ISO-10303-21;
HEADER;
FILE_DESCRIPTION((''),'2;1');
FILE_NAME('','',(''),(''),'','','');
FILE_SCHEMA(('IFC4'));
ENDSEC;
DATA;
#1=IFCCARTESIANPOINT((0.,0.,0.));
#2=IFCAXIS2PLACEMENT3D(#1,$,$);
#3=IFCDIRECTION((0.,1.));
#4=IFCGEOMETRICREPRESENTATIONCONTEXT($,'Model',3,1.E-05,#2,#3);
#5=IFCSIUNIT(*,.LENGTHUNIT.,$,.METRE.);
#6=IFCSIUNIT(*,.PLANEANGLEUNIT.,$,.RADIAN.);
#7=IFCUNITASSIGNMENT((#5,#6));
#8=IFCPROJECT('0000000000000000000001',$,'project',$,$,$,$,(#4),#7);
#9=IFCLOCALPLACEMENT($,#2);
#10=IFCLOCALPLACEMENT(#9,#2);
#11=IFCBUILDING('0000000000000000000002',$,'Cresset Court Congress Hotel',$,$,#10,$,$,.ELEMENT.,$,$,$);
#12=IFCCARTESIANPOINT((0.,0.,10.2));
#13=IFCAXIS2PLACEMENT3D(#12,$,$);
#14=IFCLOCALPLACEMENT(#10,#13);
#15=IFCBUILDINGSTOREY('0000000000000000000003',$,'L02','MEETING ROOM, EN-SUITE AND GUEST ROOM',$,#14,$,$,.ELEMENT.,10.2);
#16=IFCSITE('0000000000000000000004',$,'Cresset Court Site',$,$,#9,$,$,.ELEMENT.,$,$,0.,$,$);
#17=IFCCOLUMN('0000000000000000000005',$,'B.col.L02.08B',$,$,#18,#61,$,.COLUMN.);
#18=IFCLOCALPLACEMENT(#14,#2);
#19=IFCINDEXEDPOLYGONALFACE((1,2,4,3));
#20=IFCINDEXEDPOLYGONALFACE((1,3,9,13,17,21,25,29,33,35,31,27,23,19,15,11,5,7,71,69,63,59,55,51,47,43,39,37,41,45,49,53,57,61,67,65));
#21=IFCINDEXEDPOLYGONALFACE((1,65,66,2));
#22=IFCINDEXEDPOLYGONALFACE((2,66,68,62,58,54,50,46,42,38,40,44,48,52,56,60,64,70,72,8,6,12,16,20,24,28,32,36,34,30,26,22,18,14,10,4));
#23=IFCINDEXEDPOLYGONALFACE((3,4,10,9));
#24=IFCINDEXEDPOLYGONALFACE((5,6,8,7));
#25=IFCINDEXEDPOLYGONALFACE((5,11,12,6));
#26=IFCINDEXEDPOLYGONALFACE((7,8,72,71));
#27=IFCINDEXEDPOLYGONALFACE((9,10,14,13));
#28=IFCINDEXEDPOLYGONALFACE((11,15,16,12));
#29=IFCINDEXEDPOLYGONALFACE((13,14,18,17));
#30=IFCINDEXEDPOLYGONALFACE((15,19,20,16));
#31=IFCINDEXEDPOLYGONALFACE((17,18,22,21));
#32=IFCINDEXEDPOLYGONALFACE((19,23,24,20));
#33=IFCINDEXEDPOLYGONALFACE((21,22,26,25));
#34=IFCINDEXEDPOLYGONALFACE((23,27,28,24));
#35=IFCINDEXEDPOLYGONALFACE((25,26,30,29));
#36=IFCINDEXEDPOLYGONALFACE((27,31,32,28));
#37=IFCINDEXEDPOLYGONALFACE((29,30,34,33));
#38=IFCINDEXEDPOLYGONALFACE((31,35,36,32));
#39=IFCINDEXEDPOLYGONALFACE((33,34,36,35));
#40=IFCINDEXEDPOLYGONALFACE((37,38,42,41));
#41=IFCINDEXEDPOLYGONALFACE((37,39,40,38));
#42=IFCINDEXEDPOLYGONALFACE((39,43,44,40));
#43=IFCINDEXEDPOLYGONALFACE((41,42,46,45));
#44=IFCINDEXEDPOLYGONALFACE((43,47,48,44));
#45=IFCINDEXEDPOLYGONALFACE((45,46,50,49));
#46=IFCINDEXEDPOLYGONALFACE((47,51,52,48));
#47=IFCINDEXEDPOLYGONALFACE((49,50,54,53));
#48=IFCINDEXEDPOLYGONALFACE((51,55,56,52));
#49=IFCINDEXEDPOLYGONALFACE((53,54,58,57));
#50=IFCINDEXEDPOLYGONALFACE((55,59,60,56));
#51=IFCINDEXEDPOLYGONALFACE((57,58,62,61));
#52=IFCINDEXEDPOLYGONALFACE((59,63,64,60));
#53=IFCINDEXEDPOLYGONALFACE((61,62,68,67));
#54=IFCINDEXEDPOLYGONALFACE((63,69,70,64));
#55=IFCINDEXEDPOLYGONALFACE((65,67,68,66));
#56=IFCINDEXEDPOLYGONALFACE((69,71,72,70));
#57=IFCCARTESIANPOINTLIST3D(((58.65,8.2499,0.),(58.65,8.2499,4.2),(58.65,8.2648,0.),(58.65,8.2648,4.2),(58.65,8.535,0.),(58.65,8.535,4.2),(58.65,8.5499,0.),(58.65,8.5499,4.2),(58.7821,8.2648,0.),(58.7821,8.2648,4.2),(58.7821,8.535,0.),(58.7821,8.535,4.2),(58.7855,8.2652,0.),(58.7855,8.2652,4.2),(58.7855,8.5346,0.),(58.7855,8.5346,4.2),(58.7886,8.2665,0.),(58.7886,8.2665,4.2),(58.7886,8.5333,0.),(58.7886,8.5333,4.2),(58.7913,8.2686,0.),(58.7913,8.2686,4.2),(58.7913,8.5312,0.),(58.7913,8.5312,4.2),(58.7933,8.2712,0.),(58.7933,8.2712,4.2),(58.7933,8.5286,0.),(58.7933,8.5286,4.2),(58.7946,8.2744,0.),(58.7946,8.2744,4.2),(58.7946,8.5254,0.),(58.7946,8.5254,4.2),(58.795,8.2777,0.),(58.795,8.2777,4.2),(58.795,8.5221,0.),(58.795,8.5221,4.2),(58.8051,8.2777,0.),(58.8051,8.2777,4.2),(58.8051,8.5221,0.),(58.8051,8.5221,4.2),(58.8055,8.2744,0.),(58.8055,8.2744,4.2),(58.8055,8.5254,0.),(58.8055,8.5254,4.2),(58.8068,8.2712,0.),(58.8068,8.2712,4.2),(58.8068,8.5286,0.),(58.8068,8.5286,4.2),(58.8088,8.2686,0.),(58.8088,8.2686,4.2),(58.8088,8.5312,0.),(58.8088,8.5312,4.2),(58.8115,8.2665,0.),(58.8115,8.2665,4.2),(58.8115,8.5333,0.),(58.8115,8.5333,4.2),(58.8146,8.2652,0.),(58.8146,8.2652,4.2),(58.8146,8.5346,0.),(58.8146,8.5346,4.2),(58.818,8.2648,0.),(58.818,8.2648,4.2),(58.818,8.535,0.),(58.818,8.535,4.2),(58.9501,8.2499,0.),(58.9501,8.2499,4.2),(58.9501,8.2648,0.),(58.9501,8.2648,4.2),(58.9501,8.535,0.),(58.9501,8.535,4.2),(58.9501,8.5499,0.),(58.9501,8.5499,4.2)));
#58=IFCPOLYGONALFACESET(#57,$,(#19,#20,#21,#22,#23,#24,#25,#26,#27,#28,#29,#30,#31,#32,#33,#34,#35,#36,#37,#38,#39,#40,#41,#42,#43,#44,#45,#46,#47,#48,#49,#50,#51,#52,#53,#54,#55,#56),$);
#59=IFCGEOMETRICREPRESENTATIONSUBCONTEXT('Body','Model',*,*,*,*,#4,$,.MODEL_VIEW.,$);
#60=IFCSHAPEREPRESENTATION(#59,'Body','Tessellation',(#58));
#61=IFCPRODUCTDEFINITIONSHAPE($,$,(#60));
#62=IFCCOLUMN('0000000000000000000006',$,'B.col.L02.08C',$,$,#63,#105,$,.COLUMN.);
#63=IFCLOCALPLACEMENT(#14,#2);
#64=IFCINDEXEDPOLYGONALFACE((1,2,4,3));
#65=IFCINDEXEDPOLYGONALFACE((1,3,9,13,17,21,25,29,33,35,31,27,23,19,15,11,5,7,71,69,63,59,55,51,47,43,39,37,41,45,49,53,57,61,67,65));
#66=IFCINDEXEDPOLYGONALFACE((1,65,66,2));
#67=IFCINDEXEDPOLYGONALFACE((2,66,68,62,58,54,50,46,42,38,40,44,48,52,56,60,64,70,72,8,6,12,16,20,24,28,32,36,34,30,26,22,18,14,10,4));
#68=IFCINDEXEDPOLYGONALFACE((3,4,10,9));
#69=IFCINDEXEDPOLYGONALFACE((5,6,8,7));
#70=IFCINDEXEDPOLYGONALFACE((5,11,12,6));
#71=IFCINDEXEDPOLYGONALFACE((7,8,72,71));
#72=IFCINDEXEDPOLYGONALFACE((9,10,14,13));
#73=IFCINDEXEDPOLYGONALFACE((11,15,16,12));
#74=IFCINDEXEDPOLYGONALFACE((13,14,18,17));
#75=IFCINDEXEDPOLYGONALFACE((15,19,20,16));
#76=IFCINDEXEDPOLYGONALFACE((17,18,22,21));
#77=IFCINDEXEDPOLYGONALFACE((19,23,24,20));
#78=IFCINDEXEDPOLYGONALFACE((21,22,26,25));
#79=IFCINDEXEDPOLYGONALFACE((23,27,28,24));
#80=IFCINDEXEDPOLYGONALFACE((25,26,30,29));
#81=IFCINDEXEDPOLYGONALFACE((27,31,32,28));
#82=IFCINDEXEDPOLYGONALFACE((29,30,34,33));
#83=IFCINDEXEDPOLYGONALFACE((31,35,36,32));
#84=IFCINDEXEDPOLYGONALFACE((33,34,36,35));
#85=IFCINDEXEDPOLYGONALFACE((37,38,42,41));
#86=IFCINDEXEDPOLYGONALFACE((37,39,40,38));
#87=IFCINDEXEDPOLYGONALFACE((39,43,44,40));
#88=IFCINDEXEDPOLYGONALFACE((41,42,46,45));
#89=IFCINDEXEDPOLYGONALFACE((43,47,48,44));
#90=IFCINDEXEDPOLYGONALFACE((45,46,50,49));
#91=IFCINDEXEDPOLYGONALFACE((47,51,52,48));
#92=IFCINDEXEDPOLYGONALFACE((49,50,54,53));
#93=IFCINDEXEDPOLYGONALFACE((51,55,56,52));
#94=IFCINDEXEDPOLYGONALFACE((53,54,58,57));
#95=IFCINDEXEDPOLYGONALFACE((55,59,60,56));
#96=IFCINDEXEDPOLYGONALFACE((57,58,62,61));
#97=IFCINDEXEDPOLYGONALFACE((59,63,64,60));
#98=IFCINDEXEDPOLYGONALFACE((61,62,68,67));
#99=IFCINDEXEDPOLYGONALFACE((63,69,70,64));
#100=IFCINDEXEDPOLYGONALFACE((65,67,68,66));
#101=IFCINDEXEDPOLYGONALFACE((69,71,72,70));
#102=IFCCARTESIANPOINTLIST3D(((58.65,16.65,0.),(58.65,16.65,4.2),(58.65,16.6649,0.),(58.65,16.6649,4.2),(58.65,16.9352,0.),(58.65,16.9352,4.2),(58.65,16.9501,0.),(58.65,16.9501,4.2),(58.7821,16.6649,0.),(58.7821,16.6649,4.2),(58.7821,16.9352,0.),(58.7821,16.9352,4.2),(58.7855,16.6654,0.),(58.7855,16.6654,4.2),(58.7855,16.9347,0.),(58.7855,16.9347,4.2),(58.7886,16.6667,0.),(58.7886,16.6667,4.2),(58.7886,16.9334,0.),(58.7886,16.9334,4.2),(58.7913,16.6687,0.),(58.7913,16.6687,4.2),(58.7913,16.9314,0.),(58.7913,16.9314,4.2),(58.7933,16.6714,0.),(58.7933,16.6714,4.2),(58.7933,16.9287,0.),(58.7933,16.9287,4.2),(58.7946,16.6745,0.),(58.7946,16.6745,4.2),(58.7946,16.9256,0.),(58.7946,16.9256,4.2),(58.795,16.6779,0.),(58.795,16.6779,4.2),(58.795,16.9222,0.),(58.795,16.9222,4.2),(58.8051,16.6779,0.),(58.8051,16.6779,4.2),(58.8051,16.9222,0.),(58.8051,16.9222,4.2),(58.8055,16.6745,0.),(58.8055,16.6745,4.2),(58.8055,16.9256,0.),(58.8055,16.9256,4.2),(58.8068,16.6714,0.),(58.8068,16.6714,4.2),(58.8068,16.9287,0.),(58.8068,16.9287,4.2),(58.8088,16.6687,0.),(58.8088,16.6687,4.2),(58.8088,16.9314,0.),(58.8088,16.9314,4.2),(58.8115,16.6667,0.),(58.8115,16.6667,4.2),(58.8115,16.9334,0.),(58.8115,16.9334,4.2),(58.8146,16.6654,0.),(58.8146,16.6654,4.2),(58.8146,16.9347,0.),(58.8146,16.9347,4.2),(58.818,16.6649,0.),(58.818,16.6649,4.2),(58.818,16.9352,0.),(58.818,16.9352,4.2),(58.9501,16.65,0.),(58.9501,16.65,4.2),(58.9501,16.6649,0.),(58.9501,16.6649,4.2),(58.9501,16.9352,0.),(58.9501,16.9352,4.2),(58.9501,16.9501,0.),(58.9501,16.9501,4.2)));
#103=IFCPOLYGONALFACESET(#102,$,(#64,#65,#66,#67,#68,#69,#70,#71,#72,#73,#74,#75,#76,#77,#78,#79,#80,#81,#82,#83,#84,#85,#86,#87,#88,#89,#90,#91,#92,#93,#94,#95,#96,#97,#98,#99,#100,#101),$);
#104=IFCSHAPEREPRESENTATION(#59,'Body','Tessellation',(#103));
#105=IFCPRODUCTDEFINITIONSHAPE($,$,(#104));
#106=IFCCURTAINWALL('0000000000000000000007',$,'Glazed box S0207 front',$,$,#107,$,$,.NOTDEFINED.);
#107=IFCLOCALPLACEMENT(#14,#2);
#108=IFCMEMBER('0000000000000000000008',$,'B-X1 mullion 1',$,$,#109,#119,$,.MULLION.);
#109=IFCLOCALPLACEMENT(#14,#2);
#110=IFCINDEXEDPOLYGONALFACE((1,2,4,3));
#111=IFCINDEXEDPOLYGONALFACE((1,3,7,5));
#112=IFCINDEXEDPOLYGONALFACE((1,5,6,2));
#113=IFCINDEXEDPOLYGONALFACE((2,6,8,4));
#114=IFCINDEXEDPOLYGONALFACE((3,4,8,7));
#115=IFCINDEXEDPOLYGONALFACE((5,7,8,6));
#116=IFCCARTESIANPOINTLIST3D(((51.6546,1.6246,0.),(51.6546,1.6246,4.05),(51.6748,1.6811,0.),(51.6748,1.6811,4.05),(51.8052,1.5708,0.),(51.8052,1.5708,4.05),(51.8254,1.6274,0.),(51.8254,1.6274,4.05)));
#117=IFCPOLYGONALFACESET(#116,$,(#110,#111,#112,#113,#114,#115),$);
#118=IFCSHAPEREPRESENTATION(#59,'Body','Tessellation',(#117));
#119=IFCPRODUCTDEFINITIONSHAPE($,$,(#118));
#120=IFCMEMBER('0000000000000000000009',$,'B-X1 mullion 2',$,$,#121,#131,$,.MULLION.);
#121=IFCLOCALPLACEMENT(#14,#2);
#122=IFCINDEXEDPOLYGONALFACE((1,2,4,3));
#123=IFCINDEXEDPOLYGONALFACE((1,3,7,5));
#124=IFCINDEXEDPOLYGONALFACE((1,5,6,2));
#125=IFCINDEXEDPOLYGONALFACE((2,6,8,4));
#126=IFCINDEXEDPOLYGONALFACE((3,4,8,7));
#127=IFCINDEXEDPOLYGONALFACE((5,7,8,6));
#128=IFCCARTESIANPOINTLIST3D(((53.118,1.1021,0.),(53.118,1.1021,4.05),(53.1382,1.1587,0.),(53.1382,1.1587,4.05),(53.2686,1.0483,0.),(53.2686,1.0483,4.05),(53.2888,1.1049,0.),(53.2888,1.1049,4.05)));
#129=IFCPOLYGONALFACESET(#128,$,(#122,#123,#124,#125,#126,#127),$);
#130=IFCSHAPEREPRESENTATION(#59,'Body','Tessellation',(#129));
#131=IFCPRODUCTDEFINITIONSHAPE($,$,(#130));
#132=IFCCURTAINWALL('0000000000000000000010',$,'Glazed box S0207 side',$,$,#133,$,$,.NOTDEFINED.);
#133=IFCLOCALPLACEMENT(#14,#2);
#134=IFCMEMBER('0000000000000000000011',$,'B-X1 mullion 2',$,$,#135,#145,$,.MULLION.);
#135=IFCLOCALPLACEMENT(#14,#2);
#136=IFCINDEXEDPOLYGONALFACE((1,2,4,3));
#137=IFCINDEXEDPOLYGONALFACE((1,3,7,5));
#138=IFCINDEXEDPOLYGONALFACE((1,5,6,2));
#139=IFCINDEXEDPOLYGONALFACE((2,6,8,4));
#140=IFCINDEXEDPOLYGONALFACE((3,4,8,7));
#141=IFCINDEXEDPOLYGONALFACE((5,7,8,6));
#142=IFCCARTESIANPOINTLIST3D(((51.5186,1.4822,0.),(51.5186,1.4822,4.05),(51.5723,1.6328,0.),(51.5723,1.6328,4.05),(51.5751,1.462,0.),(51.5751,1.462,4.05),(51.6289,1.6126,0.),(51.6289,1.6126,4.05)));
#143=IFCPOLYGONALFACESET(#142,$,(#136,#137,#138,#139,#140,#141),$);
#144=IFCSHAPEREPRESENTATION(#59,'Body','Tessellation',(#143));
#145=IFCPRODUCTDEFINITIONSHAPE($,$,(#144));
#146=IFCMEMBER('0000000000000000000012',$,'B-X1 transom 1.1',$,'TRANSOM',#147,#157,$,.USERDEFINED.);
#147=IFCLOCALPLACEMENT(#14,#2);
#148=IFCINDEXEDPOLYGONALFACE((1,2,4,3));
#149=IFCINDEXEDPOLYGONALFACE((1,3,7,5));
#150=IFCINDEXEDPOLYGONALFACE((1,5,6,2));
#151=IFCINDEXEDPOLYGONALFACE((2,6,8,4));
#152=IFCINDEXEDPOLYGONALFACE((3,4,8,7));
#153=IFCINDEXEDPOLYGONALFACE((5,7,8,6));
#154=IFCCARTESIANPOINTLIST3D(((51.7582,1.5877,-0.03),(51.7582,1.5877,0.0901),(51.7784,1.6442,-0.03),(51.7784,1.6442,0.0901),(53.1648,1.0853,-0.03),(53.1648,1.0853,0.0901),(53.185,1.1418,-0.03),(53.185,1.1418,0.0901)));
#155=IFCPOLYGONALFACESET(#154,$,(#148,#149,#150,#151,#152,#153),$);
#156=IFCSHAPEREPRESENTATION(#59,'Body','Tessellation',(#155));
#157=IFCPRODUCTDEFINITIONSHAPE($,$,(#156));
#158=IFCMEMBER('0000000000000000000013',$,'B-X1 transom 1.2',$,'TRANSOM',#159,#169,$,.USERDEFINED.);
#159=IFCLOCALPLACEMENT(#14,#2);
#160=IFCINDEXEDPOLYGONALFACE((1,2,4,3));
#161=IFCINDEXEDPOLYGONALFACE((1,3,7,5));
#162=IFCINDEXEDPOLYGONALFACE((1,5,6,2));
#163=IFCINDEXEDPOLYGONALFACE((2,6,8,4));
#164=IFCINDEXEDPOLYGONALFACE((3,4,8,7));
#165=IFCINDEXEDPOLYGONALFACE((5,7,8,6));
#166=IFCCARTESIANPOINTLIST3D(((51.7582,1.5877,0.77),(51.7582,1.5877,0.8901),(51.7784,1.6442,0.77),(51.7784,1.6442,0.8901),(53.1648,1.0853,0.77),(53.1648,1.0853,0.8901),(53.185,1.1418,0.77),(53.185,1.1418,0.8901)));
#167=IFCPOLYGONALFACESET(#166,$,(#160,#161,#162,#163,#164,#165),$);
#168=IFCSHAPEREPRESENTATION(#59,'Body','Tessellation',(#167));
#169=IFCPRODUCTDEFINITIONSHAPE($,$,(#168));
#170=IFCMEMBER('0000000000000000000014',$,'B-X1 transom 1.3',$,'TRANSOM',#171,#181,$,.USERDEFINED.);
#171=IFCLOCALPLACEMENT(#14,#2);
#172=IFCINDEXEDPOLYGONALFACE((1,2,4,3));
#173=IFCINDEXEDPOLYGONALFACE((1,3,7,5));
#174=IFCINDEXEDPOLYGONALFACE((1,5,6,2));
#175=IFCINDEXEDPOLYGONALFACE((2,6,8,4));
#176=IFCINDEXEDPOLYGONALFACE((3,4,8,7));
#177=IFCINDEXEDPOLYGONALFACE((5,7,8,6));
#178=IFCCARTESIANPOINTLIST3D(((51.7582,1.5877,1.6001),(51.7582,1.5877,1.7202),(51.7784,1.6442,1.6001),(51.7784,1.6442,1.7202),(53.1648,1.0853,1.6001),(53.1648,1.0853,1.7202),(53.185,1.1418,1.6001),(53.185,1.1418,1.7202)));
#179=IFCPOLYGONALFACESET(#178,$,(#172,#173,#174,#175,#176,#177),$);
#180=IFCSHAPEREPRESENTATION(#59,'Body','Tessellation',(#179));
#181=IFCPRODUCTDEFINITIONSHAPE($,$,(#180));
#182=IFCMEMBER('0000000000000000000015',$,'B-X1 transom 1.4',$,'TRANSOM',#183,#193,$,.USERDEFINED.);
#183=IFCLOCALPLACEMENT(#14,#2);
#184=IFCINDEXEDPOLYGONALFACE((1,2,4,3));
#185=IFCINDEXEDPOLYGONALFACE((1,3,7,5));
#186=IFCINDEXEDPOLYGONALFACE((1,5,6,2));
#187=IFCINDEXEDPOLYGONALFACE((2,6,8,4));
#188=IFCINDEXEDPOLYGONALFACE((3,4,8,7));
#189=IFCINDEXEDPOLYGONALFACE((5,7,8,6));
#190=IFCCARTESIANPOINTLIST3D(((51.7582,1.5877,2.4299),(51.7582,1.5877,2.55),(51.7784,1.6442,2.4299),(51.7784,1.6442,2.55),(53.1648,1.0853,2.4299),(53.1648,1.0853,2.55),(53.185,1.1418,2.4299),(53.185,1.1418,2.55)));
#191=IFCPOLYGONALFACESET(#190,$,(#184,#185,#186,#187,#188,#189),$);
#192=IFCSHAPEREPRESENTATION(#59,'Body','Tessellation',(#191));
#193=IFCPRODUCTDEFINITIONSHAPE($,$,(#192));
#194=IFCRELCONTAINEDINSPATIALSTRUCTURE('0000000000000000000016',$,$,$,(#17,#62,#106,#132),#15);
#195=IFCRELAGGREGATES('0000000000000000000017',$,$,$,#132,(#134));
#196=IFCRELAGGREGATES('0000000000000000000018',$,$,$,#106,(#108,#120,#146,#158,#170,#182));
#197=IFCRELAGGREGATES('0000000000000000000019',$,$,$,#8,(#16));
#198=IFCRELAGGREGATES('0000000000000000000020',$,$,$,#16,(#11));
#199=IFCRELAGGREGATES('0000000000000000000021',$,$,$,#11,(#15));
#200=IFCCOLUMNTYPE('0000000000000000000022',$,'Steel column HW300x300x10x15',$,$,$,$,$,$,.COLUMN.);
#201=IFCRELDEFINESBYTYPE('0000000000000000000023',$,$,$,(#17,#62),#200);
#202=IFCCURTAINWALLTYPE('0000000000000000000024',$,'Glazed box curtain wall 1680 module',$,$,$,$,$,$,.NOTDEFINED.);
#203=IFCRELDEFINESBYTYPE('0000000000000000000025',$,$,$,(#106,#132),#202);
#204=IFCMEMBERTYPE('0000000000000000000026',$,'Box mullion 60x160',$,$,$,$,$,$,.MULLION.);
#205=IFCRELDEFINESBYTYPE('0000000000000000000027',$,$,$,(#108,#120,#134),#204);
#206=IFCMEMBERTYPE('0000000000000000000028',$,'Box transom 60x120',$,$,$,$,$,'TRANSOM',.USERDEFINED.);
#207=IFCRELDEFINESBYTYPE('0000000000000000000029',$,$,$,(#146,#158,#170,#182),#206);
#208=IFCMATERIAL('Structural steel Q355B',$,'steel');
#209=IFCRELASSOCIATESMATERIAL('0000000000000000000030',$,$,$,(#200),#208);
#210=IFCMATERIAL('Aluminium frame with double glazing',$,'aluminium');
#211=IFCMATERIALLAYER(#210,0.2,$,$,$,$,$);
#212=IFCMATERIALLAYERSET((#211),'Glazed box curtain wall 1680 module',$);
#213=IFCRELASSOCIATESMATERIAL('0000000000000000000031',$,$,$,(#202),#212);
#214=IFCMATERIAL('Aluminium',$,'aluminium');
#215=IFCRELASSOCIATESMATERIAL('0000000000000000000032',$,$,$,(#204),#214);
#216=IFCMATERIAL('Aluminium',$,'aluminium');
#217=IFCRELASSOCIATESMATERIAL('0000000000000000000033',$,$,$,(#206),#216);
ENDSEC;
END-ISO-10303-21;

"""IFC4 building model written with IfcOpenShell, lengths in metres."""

from ifc_helpers import new_model, si_unit, direction, frame, origin, origin_2d, place, context, subcontext, project, spatial, rectangle, i_section, extrude, material, layer, layer_set, material_profile, profile_set, type_object, element, aggregate, save


model = new_model("IFC4")

# Units and contexts
model_context = context("Model", 3, precision=1e-05, world=origin(), true_north=direction((0.0, 1.0)))
body_context = subcontext(model_context, "Body", "Model", "MODEL_VIEW")
ifc_project = project(units=[si_unit("LENGTHUNIT", "METRE"), si_unit("PLANEANGLEUNIT", "RADIAN")], contexts=[model_context])

# Site, building, storey
site_placement = place(None, origin())
site = spatial("IfcSite", under=ifc_project, at=site_placement, Name="Cresset Court Site", CompositionType="ELEMENT", RefElevation=0.0)
building_placement = place(site_placement, origin())
building = spatial("IfcBuilding", under=site, at=building_placement, Name="Cresset Court Congress Hotel", CompositionType="ELEMENT")
storey_placement = place(building_placement, frame((0.0, 0.0, 10.2)))
storey = spatial("IfcBuildingStorey", under=building, at=storey_placement, Name="L02", Description="MEETING ROOM, EN-SUITE AND GUEST ROOM", CompositionType="ELEMENT", Elevation=10.2)

# Columns
ifc_material_1 = material(Name="Structural steel Q355B", Category="steel")
ifc_material_profile_1 = material_profile(ifc_material_1, i_section(OverallWidth=0.3, OverallDepth=0.3, WebThickness=0.01, FlangeThickness=0.0149, FilletRadius=0.0129, at=origin_2d()), Name="HW300x300x10x15")
ifc_profile_set_1 = profile_set([ifc_material_profile_1], Name="Structural steel Q355B")
column_type = type_object("IfcColumnType", Name="Steel column HW300x300x10x15", PredefinedType="COLUMN", material=ifc_profile_set_1)
for number, where, z_axis, x_axis, name in (
    (1, (58.8, 8.3999, 0.0), (0.0, 0.0, 1.0), (1.0, 0.0, 0.0), "B.col.L02.08B"),
    (2, (58.8, 16.8, 0.0), (0.0, 0.0, 1.0), (1.0, 0.0, 0.0), "B.col.L02.08C"),
):
    element("IfcColumn", number, at=place(storey_placement, frame(where, z_axis=z_axis, x_axis=x_axis)), inside=storey, type_object=column_type, Name=name, PredefinedType="COLUMN", context=body_context, shape_type="SweptSolid", body=[
        extrude(i_section(OverallWidth=0.3, OverallDepth=0.3, WebThickness=0.01, FlangeThickness=0.0149, FilletRadius=0.0129, at=origin_2d()), origin(), (0.0, 0.0, 1.0), 4.2),
    ])

# Curtain wall, members
ifc_material_2 = material(Name="Aluminium frame with double glazing", Category="aluminium")
ifc_layer_1 = layer(ifc_material_2, 0.2)
ifc_layer_set_1 = layer_set([ifc_layer_1], Name="Glazed box curtain wall 1680 module")
curtain_wall_type = type_object("IfcCurtainWallType", Name="Glazed box curtain wall 1680 module", PredefinedType="NOTDEFINED", material=ifc_layer_set_1)
curtain_wall_1_placement = place(storey_placement, origin())
curtain_wall_1 = element("IfcCurtainWall", 3, at=curtain_wall_1_placement, inside=storey, type_object=curtain_wall_type, Name="Glazed box S0207 front", PredefinedType="NOTDEFINED")
ifc_material_3 = material(Name="Aluminium", Category="aluminium")
ifc_material_profile_2 = material_profile(ifc_material_3, rectangle(XDim=0.0601, YDim=0.1599, at=origin_2d()), Name="Box mullion 60x160")
ifc_profile_set_2 = profile_set([ifc_material_profile_2], Name="Aluminium")
member_type_1 = type_object("IfcMemberType", Name="Box mullion 60x160", PredefinedType="MULLION", material=ifc_profile_set_2)
member_1_placement = place(storey_placement, frame((51.74, 1.626, 0.0), z_axis=(0.0, 0.0, 1.0), x_axis=(0.336336, 0.941742, 0.0)))
member_1 = element("IfcMember", 4, at=member_1_placement, type_object=member_type_1, Name="B-X1 mullion 1", PredefinedType="MULLION", context=body_context, shape_type="SweptSolid", body=[
    extrude(rectangle(XDim=0.0601, YDim=0.1599, at=origin_2d()), origin(), (0.0, 0.0, 1.0), 4.05),
])
member_2_placement = place(storey_placement, frame((53.2034, 1.1035, 0.0), z_axis=(0.0, 0.0, 1.0), x_axis=(0.336336, 0.941742, 0.0)))
member_2 = element("IfcMember", 5, at=member_2_placement, type_object=member_type_1, Name="B-X1 mullion 2", PredefinedType="MULLION", context=body_context, shape_type="SweptSolid", body=[
    extrude(rectangle(XDim=0.0601, YDim=0.1599, at=origin_2d()), origin(), (0.0, 0.0, 1.0), 4.05),
])

# Curtain wall, member
curtain_wall_2_placement = place(storey_placement, origin())
curtain_wall_2 = element("IfcCurtainWall", 6, at=curtain_wall_2_placement, inside=storey, type_object=curtain_wall_type, Name="Glazed box S0207 side", PredefinedType="NOTDEFINED")
member_3_placement = place(storey_placement, frame((51.5737, 1.5474, 0.0), z_axis=(0.0, 0.0, 1.0), x_axis=(-0.941742, 0.336336, 0.0)))
member_3 = element("IfcMember", 7, at=member_3_placement, type_object=member_type_1, Name="B-X1 mullion 2", PredefinedType="MULLION", context=body_context, shape_type="SweptSolid", body=[
    extrude(rectangle(XDim=0.0601, YDim=0.1599, at=origin_2d()), origin(), (0.0, 0.0, 1.0), 4.05),
])
aggregate(curtain_wall_2, [member_3])

# Members
ifc_material_4 = material(Name="Aluminium", Category="aluminium")
ifc_material_profile_3 = material_profile(ifc_material_4, rectangle(XDim=0.0601, YDim=0.1201, at=origin_2d()), Name="Box transom 60x120")
ifc_profile_set_3 = profile_set([ifc_material_profile_3], Name="Aluminium")
member_type_2 = type_object("IfcMemberType", Name="Box transom 60x120", ElementType="TRANSOM", PredefinedType="USERDEFINED", material=ifc_profile_set_3)
member_4_placement = place(storey_placement, frame((51.7683, 1.616, 0.03), z_axis=(0.941735, -0.336357, 0.0), x_axis=(0.336357, 0.941735, 0.0)))
member_4 = element("IfcMember", 8, at=member_4_placement, type_object=member_type_2, Name="B-X1 transom 1.1", ObjectType="TRANSOM", PredefinedType="USERDEFINED", context=body_context, shape_type="SweptSolid", body=[
    extrude(rectangle(XDim=0.0601, YDim=0.1201, at=origin_2d()), origin(), (0.0, 0.0, 1.0), 1.4937),
])
member_5_placement = place(storey_placement, frame((51.7683, 1.616, 0.8301), z_axis=(0.941735, -0.336357, 0.0), x_axis=(0.336357, 0.941735, 0.0)))
member_5 = element("IfcMember", 9, at=member_5_placement, type_object=member_type_2, Name="B-X1 transom 1.2", ObjectType="TRANSOM", PredefinedType="USERDEFINED", context=body_context, shape_type="SweptSolid", body=[
    extrude(rectangle(XDim=0.0601, YDim=0.1201, at=origin_2d()), origin(), (0.0, 0.0, 1.0), 1.4937),
])
member_6_placement = place(storey_placement, frame((51.7683, 1.616, 1.6602), z_axis=(0.941735, -0.336357, 0.0), x_axis=(0.336357, 0.941735, 0.0)))
member_6 = element("IfcMember", 10, at=member_6_placement, type_object=member_type_2, Name="B-X1 transom 1.3", ObjectType="TRANSOM", PredefinedType="USERDEFINED", context=body_context, shape_type="SweptSolid", body=[
    extrude(rectangle(XDim=0.0601, YDim=0.1201, at=origin_2d()), origin(), (0.0, 0.0, 1.0), 1.4937),
])
member_7_placement = place(storey_placement, frame((51.7683, 1.616, 2.49), z_axis=(0.941735, -0.336357, 0.0), x_axis=(0.336357, 0.941735, 0.0)))
member_7 = element("IfcMember", 11, at=member_7_placement, type_object=member_type_2, Name="B-X1 transom 1.4", ObjectType="TRANSOM", PredefinedType="USERDEFINED", context=body_context, shape_type="SweptSolid", body=[
    extrude(rectangle(XDim=0.0601, YDim=0.1201, at=origin_2d()), origin(), (0.0, 0.0, 1.0), 1.4937),
])

aggregate(curtain_wall_1, [member_1, member_2, member_4, member_5, member_6, member_7])

save(model, "model.ifc")
